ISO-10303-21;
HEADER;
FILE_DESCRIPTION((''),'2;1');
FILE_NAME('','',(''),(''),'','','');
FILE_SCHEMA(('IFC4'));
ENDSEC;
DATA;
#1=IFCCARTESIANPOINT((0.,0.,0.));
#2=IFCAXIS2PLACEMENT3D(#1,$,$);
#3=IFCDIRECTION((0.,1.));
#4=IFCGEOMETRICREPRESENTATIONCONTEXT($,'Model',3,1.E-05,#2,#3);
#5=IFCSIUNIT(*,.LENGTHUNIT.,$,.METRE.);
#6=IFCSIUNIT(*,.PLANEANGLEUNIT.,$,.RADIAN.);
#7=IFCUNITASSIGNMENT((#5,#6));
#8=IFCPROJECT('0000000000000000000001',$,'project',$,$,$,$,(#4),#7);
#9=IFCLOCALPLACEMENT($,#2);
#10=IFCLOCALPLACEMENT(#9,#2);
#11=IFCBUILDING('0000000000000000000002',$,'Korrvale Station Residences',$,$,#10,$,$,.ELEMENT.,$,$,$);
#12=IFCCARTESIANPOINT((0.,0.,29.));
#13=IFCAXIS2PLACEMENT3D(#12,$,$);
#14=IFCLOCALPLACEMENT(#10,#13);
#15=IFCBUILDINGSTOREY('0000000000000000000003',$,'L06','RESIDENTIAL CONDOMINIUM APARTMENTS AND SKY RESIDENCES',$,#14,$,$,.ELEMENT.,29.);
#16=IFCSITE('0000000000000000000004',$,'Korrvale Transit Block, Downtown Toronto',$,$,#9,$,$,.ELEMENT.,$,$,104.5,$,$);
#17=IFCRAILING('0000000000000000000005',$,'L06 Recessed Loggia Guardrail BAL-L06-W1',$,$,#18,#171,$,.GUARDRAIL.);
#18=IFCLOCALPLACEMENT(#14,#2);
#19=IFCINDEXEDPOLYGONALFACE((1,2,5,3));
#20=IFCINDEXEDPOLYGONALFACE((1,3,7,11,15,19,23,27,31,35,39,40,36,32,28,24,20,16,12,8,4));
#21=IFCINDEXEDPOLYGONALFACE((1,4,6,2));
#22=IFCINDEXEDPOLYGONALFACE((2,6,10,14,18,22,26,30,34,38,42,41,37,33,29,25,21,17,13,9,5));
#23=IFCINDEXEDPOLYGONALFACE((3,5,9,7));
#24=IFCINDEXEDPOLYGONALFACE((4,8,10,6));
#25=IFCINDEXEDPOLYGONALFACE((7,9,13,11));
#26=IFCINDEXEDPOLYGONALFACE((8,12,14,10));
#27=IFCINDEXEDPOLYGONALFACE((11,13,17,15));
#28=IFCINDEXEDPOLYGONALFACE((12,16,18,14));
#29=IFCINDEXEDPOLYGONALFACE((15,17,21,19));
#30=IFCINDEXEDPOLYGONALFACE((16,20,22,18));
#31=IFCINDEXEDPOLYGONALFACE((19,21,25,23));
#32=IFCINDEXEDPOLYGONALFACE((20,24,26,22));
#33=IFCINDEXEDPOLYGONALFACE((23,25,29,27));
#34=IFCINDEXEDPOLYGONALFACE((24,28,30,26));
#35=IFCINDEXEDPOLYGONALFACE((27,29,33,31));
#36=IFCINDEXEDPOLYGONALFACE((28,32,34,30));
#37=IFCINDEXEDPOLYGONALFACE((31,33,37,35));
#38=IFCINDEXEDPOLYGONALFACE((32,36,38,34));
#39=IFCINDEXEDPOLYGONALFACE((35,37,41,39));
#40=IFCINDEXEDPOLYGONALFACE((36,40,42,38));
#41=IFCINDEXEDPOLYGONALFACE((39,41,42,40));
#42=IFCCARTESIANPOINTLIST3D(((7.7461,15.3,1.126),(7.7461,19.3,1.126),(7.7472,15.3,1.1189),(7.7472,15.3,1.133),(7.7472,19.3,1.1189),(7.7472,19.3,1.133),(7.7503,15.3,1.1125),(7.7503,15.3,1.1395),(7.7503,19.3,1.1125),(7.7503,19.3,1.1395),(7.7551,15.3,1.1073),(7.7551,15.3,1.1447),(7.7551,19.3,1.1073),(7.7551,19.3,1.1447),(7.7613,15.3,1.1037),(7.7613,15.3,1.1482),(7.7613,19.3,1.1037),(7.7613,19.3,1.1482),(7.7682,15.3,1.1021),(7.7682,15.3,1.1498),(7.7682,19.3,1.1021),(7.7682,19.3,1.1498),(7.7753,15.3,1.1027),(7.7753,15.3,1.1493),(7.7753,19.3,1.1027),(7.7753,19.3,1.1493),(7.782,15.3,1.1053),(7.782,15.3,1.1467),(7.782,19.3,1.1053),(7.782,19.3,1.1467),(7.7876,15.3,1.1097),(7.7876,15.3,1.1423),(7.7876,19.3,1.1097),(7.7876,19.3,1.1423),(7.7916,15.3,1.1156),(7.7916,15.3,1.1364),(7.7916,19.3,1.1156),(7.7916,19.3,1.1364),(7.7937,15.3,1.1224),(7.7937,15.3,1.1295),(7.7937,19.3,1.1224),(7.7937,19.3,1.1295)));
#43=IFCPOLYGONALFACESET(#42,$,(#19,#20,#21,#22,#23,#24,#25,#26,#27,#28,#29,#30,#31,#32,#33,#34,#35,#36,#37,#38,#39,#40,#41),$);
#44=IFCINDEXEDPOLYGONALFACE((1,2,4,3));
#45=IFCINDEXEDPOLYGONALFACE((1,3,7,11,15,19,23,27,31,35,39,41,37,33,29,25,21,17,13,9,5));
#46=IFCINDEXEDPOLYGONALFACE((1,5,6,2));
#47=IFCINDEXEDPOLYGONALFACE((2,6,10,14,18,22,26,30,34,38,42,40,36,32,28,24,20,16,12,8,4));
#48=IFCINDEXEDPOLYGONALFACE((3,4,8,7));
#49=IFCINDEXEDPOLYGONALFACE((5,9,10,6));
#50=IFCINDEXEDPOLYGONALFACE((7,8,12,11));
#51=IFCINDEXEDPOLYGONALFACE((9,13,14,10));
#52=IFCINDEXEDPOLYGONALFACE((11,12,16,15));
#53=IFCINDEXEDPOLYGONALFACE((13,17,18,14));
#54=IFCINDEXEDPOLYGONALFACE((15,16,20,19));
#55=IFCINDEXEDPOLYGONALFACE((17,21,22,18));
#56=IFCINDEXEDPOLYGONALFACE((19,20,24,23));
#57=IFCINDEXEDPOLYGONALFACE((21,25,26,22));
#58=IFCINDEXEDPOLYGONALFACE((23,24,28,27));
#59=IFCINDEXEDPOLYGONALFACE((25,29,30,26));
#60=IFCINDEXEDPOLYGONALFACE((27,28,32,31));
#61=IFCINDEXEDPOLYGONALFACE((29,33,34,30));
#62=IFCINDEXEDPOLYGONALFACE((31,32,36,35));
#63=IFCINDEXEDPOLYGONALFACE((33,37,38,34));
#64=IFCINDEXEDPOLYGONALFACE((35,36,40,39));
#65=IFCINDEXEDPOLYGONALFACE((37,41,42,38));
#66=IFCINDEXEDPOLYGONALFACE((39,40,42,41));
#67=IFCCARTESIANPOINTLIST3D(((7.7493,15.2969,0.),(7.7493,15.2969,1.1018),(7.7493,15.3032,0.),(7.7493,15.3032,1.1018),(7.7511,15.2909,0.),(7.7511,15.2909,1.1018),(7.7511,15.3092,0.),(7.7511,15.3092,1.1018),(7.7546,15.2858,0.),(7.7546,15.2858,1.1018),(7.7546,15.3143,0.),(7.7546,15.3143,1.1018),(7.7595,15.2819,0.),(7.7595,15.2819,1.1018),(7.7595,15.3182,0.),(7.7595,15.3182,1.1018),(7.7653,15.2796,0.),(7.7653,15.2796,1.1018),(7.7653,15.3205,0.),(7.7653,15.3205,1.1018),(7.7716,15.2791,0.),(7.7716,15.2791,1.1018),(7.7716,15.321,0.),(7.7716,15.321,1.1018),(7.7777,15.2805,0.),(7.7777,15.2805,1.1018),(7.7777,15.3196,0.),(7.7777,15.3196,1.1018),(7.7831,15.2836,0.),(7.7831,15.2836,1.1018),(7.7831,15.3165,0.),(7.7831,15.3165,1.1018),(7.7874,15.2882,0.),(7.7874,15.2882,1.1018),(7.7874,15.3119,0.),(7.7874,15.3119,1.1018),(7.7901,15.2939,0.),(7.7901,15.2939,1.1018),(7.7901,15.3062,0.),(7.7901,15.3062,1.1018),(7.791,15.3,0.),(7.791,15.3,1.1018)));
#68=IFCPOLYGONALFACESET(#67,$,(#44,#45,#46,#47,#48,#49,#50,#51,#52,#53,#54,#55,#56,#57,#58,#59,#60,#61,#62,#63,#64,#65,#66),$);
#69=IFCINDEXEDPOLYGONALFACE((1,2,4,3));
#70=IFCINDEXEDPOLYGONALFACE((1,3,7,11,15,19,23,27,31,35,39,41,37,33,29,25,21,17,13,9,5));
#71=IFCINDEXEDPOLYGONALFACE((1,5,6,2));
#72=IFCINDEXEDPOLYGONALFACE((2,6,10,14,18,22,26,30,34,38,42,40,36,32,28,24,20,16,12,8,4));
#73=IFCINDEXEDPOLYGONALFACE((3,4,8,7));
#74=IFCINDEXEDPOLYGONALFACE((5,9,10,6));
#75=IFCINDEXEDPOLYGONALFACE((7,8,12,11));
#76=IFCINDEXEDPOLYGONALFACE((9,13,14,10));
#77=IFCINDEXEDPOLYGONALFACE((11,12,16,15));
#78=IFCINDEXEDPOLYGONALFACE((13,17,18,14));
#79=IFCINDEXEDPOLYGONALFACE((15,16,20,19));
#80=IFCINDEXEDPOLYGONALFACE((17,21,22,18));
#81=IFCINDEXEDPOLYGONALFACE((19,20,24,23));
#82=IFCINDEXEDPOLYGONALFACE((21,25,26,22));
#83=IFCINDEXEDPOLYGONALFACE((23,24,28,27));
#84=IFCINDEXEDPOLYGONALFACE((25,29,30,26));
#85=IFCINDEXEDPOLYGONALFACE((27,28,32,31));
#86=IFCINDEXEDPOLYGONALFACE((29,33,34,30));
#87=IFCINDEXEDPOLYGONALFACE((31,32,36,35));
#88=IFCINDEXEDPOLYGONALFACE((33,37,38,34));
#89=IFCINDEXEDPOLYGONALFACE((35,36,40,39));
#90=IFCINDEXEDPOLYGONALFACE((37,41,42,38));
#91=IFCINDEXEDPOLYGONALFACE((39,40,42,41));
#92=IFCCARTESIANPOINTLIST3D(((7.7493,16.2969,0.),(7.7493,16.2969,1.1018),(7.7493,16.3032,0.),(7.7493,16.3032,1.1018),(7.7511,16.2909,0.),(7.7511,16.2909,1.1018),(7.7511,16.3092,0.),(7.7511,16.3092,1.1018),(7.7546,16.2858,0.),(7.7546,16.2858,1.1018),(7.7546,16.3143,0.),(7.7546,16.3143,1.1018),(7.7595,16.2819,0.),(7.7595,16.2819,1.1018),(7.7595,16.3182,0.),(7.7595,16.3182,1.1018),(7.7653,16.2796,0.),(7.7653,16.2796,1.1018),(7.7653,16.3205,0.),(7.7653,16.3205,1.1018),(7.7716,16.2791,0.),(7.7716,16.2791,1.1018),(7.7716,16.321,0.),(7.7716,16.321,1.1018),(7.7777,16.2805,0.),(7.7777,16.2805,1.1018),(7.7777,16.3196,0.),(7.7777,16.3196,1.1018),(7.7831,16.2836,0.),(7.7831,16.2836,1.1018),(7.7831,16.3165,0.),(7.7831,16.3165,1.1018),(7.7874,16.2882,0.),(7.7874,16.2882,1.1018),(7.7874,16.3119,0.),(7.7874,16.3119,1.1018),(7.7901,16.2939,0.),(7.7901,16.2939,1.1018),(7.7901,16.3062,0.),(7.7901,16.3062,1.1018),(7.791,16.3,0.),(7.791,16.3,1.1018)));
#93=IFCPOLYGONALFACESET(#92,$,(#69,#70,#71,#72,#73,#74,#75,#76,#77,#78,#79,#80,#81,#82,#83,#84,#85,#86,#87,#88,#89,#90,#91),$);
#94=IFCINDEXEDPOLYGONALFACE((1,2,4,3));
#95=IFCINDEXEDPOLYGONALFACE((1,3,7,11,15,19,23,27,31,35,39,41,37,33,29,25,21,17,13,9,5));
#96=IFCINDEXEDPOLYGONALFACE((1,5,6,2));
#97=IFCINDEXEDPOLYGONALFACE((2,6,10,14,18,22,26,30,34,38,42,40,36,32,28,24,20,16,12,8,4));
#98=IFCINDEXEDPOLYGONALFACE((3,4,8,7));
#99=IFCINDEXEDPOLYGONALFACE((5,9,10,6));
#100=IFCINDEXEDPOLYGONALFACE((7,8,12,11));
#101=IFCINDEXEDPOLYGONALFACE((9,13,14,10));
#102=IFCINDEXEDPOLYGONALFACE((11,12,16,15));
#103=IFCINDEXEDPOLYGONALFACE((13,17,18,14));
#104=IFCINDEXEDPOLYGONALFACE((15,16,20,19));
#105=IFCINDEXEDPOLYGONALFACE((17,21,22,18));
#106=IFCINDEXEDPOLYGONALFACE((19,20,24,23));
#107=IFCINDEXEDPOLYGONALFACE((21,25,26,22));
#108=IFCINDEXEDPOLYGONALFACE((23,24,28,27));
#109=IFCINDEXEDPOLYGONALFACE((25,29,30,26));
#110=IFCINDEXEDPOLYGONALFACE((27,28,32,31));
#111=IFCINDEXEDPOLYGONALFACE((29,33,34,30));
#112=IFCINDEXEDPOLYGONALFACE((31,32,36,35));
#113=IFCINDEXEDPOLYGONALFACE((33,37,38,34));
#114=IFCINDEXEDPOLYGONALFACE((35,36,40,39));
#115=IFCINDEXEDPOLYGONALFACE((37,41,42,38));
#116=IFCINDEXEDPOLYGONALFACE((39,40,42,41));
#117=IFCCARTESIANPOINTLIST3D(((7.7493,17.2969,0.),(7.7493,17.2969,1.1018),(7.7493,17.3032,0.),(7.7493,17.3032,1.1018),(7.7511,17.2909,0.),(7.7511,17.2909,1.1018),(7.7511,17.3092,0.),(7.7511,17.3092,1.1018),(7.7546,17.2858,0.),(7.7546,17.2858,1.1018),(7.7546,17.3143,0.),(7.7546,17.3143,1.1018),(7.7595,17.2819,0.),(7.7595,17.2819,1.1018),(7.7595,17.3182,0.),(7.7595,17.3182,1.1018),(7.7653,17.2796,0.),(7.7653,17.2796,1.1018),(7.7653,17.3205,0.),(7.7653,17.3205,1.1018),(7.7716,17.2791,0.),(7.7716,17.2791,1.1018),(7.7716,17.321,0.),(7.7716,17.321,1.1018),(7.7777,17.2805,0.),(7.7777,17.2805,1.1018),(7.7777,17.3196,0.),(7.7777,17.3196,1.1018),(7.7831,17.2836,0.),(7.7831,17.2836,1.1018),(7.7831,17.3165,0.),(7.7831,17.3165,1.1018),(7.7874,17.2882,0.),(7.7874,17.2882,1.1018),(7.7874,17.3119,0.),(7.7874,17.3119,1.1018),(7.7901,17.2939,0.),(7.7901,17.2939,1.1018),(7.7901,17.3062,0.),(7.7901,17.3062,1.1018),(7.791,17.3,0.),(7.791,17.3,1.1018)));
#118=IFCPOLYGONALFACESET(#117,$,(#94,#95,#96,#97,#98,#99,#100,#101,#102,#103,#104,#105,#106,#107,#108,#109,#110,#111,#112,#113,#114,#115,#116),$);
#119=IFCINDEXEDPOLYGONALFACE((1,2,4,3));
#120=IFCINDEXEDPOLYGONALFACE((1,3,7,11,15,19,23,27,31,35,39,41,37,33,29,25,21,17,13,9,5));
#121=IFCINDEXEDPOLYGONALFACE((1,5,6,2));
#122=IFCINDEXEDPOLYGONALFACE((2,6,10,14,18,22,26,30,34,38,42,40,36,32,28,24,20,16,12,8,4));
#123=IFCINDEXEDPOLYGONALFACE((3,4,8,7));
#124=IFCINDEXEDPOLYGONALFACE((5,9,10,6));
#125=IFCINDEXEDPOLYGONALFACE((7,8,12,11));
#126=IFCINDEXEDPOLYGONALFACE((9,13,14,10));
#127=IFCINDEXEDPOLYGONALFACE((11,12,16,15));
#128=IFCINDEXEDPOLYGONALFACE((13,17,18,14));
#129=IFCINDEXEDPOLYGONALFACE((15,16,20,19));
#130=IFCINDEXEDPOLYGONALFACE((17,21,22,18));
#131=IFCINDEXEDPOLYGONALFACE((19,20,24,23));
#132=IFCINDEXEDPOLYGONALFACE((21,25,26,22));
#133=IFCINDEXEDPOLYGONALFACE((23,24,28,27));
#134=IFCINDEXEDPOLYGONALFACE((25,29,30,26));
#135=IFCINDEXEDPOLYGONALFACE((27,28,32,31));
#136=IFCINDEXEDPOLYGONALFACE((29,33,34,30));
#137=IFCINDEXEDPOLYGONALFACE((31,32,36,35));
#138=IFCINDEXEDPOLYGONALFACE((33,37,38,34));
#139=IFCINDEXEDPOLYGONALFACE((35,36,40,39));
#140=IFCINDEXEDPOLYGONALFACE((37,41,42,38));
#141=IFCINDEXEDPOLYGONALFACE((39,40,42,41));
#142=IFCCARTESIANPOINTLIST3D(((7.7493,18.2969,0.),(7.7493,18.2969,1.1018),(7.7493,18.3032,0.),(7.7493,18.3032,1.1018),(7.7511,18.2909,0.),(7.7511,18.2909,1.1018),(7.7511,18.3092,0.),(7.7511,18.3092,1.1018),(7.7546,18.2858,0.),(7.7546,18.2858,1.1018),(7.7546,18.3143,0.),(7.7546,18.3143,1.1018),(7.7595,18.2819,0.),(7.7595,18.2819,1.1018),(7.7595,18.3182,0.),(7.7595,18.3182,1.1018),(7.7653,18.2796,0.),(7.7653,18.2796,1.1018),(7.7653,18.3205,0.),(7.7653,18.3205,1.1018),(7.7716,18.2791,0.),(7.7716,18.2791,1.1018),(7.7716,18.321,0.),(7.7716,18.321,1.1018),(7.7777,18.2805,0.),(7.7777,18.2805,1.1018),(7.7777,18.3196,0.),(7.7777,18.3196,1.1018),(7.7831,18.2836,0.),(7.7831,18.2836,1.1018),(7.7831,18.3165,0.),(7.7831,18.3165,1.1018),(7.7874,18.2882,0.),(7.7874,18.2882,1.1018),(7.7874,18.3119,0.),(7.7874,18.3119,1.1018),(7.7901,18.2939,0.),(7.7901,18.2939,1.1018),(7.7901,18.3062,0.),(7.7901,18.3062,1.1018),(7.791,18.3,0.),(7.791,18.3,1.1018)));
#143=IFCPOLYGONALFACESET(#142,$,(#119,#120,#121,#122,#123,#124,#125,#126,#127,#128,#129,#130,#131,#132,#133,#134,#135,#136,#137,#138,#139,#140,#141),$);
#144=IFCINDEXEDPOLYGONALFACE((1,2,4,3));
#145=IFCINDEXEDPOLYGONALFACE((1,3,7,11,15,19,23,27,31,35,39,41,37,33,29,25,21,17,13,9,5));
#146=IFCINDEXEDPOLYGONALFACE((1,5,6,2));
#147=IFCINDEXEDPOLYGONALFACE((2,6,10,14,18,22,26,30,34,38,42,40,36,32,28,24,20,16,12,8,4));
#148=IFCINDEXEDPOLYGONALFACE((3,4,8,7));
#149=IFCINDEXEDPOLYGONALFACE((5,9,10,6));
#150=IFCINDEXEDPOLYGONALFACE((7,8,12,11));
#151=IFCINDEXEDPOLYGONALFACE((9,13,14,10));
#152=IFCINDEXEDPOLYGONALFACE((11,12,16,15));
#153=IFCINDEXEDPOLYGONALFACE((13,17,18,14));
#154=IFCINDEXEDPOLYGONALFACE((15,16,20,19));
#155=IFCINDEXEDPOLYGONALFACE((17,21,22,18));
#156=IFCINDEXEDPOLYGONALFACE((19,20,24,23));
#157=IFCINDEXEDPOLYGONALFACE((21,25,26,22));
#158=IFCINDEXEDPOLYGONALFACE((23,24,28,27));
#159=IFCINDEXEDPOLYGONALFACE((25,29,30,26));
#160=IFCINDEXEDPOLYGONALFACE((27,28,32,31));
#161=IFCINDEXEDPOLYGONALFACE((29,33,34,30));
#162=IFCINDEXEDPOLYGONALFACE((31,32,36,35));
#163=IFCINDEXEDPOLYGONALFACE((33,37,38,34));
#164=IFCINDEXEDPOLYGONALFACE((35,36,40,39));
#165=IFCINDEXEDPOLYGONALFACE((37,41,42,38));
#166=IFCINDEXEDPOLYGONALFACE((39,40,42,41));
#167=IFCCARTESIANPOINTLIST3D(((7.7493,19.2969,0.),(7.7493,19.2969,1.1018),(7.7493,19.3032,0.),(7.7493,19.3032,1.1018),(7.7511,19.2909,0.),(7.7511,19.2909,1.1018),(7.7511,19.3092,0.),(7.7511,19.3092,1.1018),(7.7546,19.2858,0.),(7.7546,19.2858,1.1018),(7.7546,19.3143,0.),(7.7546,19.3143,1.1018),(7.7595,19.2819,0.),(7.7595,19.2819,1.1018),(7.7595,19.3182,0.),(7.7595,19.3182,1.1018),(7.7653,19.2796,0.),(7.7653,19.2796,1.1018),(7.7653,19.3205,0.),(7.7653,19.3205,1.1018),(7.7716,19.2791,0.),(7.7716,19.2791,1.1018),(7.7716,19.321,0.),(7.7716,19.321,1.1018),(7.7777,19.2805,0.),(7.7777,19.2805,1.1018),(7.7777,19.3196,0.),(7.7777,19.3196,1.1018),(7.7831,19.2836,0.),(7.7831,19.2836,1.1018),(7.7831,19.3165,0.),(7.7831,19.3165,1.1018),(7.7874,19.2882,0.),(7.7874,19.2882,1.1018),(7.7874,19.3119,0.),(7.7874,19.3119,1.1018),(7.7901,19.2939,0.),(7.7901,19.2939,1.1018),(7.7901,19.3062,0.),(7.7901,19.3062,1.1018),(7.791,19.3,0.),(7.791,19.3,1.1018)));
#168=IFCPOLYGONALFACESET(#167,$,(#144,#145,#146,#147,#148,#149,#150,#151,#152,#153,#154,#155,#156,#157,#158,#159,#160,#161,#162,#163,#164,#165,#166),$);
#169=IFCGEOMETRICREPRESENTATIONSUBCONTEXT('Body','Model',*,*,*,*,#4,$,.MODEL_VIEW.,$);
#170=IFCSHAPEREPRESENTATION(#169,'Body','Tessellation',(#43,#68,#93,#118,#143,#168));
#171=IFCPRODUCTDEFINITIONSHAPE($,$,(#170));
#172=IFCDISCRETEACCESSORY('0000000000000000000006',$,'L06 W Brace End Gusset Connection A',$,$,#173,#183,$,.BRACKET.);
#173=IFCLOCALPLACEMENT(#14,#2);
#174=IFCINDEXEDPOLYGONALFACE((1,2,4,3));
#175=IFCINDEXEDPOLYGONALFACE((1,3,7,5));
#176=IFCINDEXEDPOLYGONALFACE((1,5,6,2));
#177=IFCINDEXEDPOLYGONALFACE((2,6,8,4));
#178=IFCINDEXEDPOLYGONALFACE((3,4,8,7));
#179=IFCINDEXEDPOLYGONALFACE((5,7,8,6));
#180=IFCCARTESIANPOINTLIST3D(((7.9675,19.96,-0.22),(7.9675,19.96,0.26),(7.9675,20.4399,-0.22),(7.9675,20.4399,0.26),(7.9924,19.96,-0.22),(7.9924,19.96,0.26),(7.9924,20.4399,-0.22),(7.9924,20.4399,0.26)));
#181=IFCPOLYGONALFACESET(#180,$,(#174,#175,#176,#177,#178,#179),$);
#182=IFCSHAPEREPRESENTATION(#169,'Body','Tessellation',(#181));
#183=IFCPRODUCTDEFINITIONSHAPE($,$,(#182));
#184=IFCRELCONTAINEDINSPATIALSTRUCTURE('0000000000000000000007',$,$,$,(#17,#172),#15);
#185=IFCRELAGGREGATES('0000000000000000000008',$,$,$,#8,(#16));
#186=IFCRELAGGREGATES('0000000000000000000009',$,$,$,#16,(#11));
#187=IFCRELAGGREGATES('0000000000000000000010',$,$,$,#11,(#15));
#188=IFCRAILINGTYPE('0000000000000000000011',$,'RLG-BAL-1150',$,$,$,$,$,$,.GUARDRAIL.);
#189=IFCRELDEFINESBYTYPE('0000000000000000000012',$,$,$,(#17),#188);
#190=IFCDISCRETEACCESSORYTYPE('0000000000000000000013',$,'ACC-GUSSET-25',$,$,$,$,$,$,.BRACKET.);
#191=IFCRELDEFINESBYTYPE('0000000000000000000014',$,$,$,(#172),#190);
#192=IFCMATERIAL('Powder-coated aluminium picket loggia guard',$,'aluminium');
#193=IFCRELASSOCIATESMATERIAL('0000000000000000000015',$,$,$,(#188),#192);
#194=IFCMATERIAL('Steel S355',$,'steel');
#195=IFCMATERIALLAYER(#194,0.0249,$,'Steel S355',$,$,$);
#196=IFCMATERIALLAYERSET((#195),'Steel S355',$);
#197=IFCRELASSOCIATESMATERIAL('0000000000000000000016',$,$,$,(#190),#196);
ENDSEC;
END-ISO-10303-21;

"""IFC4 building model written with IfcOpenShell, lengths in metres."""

from ifc_helpers import new_model, si_unit, direction, frame, origin, origin_2d, place, context, subcontext, project, spatial, rectangle, circle, extrude, material, layer, layer_set, type_object, element, save


model = new_model("IFC4")

# Units and contexts
model_context = context("Model", 3, precision=1e-05, world=origin(), true_north=direction((0.0, 1.0)))
body_context = subcontext(model_context, "Body", "Model", "MODEL_VIEW")
ifc_project = project(units=[si_unit("LENGTHUNIT", "METRE"), si_unit("PLANEANGLEUNIT", "RADIAN")], contexts=[model_context])

# Site, building, storey
site_placement = place(None, origin())
site = spatial("IfcSite", under=ifc_project, at=site_placement, Name="Korrvale Transit Block, Downtown Toronto", CompositionType="ELEMENT", RefElevation=104.5)
building_placement = place(site_placement, origin())
building = spatial("IfcBuilding", under=site, at=building_placement, Name="Korrvale Station Residences", CompositionType="ELEMENT")
storey_placement = place(building_placement, frame((0.0, 0.0, 29.0)))
storey = spatial("IfcBuildingStorey", under=building, at=storey_placement, Name="L06", Description="RESIDENTIAL CONDOMINIUM APARTMENTS AND SKY RESIDENCES", CompositionType="ELEMENT", Elevation=29.0)

# Shared definitions
ifc_material_1 = material(Name="Steel S355", Category="steel")

# Railing
ifc_material_2 = material(Name="Powder-coated aluminium picket loggia guard", Category="aluminium")
railing_type = type_object("IfcRailingType", Name="RLG-BAL-1150", PredefinedType="GUARDRAIL", material=ifc_material_2)
railing_placement = place(storey_placement, frame((7.77, 15.3, 0.0)))
element("IfcRailing", 1, at=railing_placement, inside=storey, type_object=railing_type, Name="L06 Recessed Loggia Guardrail BAL-L06-W1", PredefinedType="GUARDRAIL", context=body_context, shape_type="SweptSolid", body=[
    extrude(circle(Radius=0.0239, at=origin_2d()), frame((0.0, 0.0, 1.126), z_axis=(0.0, 1.0, 0.0), x_axis=(-1.0, 0.0, 0.0)), (0.0, 0.0, 1.0), 4.0),
    extrude(circle(Radius=0.021, at=origin_2d()), origin(), (0.0, 0.0, 1.0), 1.1018),
    extrude(circle(Radius=0.021, at=origin_2d()), frame((0.0, 1.0, 0.0)), (0.0, 0.0, 1.0), 1.1018),
    extrude(circle(Radius=0.021, at=origin_2d()), frame((0.0, 2.0, 0.0)), (0.0, 0.0, 1.0), 1.1018),
    extrude(circle(Radius=0.021, at=origin_2d()), frame((0.0, 3.0, 0.0)), (0.0, 0.0, 1.0), 1.1018),
    extrude(circle(Radius=0.021, at=origin_2d()), frame((0.0, 4.0, 0.0)), (0.0, 0.0, 1.0), 1.1018),
])

# Discrete accessory
ifc_layer_1 = layer(ifc_material_1, 0.0249, Name="Steel S355")
ifc_layer_set_1 = layer_set([ifc_layer_1], Name="Steel S355")
discrete_accessory_type = type_object("IfcDiscreteAccessoryType", Name="ACC-GUSSET-25", PredefinedType="BRACKET", material=ifc_layer_set_1)
discrete_accessory_placement = place(storey_placement, frame((7.98, 20.2, -0.22), z_axis=(0.0, 0.0, 1.0), x_axis=(0.0, 1.0, 0.0)))
element("IfcDiscreteAccessory", 2, at=discrete_accessory_placement, inside=storey, type_object=discrete_accessory_type, Name="L06 W Brace End Gusset Connection A", PredefinedType="BRACKET", context=body_context, shape_type="SweptSolid", body=[
    extrude(rectangle(XDim=0.48, YDim=0.0249, at=origin_2d()), origin(), (0.0, 0.0, 1.0), 0.48),
])

save(model, "model.ifc")
